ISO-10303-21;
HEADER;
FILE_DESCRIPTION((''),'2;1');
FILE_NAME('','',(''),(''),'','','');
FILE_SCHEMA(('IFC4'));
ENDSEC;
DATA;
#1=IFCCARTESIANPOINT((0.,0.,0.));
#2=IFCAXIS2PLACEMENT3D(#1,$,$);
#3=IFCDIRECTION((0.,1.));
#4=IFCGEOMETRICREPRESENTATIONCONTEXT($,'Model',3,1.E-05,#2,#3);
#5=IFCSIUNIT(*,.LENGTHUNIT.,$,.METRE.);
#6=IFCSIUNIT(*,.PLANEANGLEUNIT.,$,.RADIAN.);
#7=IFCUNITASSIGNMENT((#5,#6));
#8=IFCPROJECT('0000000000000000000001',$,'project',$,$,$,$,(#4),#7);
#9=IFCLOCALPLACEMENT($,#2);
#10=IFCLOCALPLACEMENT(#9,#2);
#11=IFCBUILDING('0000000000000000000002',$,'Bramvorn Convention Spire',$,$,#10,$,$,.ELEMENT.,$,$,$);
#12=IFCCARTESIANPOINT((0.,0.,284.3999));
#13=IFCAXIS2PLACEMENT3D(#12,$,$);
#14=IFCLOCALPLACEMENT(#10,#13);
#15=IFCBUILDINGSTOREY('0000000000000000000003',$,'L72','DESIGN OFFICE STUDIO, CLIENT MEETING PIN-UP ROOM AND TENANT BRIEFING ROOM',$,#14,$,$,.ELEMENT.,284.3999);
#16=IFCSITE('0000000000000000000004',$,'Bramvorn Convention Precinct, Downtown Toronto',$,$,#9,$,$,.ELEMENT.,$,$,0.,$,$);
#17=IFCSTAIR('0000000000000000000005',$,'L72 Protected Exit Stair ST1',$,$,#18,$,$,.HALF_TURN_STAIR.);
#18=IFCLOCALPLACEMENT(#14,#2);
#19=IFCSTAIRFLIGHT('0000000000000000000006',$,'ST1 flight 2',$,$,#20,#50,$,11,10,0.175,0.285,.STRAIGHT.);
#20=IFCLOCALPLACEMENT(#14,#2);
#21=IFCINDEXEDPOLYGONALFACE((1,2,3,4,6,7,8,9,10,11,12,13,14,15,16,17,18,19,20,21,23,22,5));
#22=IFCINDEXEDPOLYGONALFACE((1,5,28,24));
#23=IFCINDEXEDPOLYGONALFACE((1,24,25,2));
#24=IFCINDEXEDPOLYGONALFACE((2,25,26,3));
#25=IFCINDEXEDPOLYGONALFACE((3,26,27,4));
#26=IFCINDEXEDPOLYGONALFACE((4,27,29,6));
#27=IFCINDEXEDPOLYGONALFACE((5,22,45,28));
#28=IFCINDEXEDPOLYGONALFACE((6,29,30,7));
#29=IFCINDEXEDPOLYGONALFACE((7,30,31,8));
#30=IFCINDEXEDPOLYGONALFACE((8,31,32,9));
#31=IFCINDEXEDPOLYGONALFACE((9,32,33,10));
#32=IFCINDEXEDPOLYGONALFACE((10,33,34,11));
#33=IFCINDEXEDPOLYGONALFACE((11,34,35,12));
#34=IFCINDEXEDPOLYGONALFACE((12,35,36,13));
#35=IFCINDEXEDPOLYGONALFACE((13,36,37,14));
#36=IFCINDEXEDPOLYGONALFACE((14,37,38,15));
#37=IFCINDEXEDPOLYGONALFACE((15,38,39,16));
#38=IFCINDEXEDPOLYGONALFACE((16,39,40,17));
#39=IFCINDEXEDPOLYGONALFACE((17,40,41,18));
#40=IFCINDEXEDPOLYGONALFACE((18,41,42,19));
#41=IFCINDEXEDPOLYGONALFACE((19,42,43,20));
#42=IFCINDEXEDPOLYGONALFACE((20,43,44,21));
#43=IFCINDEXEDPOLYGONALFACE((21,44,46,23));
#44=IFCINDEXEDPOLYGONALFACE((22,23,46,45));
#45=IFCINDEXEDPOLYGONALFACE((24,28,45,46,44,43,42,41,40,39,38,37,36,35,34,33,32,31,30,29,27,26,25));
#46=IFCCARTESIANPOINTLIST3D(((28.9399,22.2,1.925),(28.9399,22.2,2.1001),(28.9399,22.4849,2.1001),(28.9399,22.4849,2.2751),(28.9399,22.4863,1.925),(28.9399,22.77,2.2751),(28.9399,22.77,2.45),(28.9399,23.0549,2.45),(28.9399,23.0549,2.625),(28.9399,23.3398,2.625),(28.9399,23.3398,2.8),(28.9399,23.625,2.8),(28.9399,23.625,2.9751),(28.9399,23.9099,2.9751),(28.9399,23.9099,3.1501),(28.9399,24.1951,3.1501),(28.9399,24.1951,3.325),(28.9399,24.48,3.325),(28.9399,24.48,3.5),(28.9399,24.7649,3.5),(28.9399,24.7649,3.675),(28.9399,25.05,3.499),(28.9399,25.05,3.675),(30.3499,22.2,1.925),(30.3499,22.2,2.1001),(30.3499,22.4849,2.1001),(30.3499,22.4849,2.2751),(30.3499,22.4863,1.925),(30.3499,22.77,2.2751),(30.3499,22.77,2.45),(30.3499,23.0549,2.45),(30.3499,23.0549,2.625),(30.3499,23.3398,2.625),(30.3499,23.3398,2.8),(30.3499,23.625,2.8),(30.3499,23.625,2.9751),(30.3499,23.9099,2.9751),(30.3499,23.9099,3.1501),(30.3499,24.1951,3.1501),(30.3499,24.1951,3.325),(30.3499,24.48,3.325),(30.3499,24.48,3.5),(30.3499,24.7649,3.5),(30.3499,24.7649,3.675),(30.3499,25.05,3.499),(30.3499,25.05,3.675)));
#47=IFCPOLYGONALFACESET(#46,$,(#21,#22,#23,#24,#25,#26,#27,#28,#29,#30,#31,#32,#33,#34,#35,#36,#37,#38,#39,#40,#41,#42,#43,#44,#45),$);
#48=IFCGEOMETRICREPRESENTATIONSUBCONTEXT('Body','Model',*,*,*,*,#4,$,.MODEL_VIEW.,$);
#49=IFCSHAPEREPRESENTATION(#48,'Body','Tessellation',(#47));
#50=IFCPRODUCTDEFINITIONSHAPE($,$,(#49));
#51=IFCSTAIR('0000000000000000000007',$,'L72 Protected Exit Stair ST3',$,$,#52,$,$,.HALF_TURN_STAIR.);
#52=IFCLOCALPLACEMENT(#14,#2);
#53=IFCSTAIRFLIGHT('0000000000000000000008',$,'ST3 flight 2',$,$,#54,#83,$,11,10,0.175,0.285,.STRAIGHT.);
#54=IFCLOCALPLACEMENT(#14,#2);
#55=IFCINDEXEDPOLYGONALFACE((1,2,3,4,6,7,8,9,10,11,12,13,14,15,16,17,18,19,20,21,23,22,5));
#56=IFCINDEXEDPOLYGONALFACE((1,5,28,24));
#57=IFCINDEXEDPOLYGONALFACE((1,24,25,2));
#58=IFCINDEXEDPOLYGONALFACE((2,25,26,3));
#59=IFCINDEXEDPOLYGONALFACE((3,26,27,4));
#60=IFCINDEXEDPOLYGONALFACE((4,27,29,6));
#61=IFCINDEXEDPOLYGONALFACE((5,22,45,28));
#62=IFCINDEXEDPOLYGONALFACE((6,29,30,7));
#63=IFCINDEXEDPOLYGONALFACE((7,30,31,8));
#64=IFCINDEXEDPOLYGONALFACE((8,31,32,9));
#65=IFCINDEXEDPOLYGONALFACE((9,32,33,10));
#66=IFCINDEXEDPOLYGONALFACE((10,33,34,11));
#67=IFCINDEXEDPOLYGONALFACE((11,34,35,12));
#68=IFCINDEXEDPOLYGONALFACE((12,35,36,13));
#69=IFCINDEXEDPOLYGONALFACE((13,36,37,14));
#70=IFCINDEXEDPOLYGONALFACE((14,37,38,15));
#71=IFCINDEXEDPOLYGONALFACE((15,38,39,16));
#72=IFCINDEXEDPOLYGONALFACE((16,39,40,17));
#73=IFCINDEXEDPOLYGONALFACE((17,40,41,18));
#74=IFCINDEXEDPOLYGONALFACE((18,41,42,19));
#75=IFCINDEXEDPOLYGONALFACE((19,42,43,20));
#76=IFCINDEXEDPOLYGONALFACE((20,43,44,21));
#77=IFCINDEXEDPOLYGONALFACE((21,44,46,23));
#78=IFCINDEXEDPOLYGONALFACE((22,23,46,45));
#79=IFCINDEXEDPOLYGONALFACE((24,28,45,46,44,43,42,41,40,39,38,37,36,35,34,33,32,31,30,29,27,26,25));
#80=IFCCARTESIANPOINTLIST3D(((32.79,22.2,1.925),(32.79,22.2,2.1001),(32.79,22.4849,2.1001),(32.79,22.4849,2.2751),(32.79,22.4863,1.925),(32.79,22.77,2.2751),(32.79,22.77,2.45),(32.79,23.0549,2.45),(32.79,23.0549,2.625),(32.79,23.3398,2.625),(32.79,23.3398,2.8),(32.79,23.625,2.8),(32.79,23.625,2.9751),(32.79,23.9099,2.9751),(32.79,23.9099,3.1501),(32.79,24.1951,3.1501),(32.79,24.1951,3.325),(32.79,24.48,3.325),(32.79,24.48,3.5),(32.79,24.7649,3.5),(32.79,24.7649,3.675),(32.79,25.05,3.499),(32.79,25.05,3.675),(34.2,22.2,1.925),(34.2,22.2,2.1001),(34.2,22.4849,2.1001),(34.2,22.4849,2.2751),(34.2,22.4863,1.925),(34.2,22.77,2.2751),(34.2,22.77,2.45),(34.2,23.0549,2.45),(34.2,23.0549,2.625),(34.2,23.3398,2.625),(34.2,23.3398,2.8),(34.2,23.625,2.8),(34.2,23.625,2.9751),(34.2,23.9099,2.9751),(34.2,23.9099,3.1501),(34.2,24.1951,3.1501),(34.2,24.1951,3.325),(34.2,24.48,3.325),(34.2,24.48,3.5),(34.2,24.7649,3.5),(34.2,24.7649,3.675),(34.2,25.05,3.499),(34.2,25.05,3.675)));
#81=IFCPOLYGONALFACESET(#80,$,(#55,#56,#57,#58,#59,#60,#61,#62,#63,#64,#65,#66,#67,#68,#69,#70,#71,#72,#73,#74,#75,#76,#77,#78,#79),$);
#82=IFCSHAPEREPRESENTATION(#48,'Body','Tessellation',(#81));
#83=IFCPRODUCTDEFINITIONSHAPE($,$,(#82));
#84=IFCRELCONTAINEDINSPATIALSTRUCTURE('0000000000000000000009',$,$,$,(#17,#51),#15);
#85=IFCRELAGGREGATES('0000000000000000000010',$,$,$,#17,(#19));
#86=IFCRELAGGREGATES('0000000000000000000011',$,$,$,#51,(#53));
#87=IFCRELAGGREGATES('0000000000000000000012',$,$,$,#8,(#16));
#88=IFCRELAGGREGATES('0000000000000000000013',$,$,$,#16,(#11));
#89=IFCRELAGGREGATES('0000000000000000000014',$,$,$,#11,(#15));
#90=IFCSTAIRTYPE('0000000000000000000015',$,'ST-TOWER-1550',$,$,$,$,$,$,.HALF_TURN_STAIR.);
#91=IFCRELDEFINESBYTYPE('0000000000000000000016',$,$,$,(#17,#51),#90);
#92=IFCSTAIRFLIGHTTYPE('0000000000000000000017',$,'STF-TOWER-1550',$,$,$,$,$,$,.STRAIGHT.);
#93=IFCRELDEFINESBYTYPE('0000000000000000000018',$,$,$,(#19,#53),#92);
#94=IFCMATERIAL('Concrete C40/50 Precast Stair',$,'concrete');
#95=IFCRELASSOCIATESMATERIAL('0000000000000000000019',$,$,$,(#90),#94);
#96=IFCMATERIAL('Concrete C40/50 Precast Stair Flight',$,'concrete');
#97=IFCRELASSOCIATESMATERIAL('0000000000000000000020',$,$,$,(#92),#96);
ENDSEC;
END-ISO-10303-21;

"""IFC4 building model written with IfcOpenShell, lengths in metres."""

from ifc_helpers import new_model, si_unit, direction, frame, origin, place, context, subcontext, project, spatial, polyline, outline, extrude, material, type_object, element, aggregate, save


model = new_model("IFC4")

# Units and contexts
model_context = context("Model", 3, precision=1e-05, world=origin(), true_north=direction((0.0, 1.0)))
body_context = subcontext(model_context, "Body", "Model", "MODEL_VIEW")
ifc_project = project(units=[si_unit("LENGTHUNIT", "METRE"), si_unit("PLANEANGLEUNIT", "RADIAN")], contexts=[model_context])

# Site, building, storey
site_placement = place(None, origin())
site = spatial("IfcSite", under=ifc_project, at=site_placement, Name="Bramvorn Convention Precinct, Downtown Toronto", CompositionType="ELEMENT", RefElevation=0.0)
building_placement = place(site_placement, origin())
building = spatial("IfcBuilding", under=site, at=building_placement, Name="Bramvorn Convention Spire", CompositionType="ELEMENT")
storey_placement = place(building_placement, frame((0.0, 0.0, 284.3999)))
storey = spatial("IfcBuildingStorey", under=building, at=storey_placement, Name="L72", Description="DESIGN OFFICE STUDIO, CLIENT MEETING PIN-UP ROOM AND TENANT BRIEFING ROOM", CompositionType="ELEMENT", Elevation=284.3999)

# Stair, stair flight
ifc_material_1 = material(Name="Concrete C40/50 Precast Stair", Category="concrete")
stair_type = type_object("IfcStairType", Name="ST-TOWER-1550", PredefinedType="HALF_TURN_STAIR", material=ifc_material_1)
stair_1_placement = place(storey_placement, origin())
stair_1 = element("IfcStair", 1, at=stair_1_placement, inside=storey, type_object=stair_type, Name="L72 Protected Exit Stair ST1", PredefinedType="HALF_TURN_STAIR")
ifc_material_2 = material(Name="Concrete C40/50 Precast Stair Flight", Category="concrete")
stair_flight_type = type_object("IfcStairFlightType", Name="STF-TOWER-1550", PredefinedType="STRAIGHT", material=ifc_material_2)
stair_flight_1_placement = place(storey_placement, frame((29.645, 22.2, 1.925), z_axis=(0.0, 0.0, 1.0), x_axis=(0.0, 1.0, 0.0)))
stair_flight_1 = element("IfcStairFlight", 2, at=stair_flight_1_placement, type_object=stair_flight_type, Name="ST1 flight 2", NumberOfRisers=11, NumberOfTreads=10, PredefinedType="STRAIGHT", RiserHeight=0.175, TreadLength=0.285, context=body_context, shape_type="SweptSolid", body=[
    extrude(outline(polyline([(0.0, 0.0), (0.0, 0.175), (0.2849, 0.175), (0.2849, 0.3501), (0.5701, 0.3501), (0.5701, 0.5249), (0.855, 0.5249), (0.855, 0.7), (1.1399, 0.7), (1.1399, 0.875), (1.425, 0.875), (1.425, 1.05), (1.71, 1.05), (1.71, 1.2251), (1.9951, 1.2251), (1.9951, 1.3999), (2.28, 1.3999), (2.28, 1.575), (2.5649, 1.575), (2.5649, 1.75), (2.8501, 1.75), (2.8501, 1.925), (2.8501, 1.574), (0.2864, 0.0), (0.0, 0.0)])), frame((0.0, 0.7051, 0.0), z_axis=(0.0, -1.0, 0.0), x_axis=(1.0, 0.0, 0.0)), (0.0, 0.0, 1.0), 1.4099),
])
aggregate(stair_1, [stair_flight_1])

# Stair, stair flight
stair_2_placement = place(storey_placement, origin())
stair_2 = element("IfcStair", 3, at=stair_2_placement, inside=storey, type_object=stair_type, Name="L72 Protected Exit Stair ST3", PredefinedType="HALF_TURN_STAIR")
stair_flight_2_placement = place(storey_placement, frame((33.4951, 22.2, 1.925), z_axis=(0.0, 0.0, 1.0), x_axis=(0.0, 1.0, 0.0)))
stair_flight_2 = element("IfcStairFlight", 4, at=stair_flight_2_placement, type_object=stair_flight_type, Name="ST3 flight 2", NumberOfRisers=11, NumberOfTreads=10, PredefinedType="STRAIGHT", RiserHeight=0.175, TreadLength=0.285, context=body_context, shape_type="SweptSolid", body=[
    extrude(outline(polyline([(0.0, 0.0), (0.0, 0.175), (0.2849, 0.175), (0.2849, 0.3501), (0.5701, 0.3501), (0.5701, 0.5249), (0.855, 0.5249), (0.855, 0.7), (1.1399, 0.7), (1.1399, 0.875), (1.425, 0.875), (1.425, 1.05), (1.71, 1.05), (1.71, 1.2251), (1.9951, 1.2251), (1.9951, 1.3999), (2.28, 1.3999), (2.28, 1.575), (2.5649, 1.575), (2.5649, 1.75), (2.8501, 1.75), (2.8501, 1.925), (2.8501, 1.574), (0.2864, 0.0), (0.0, 0.0)])), frame((0.0, 0.7051, 0.0), z_axis=(0.0, -1.0, 0.0), x_axis=(1.0, 0.0, 0.0)), (0.0, 0.0, 1.0), 1.4099),
])
aggregate(stair_2, [stair_flight_2])

save(model, "model.ifc")
